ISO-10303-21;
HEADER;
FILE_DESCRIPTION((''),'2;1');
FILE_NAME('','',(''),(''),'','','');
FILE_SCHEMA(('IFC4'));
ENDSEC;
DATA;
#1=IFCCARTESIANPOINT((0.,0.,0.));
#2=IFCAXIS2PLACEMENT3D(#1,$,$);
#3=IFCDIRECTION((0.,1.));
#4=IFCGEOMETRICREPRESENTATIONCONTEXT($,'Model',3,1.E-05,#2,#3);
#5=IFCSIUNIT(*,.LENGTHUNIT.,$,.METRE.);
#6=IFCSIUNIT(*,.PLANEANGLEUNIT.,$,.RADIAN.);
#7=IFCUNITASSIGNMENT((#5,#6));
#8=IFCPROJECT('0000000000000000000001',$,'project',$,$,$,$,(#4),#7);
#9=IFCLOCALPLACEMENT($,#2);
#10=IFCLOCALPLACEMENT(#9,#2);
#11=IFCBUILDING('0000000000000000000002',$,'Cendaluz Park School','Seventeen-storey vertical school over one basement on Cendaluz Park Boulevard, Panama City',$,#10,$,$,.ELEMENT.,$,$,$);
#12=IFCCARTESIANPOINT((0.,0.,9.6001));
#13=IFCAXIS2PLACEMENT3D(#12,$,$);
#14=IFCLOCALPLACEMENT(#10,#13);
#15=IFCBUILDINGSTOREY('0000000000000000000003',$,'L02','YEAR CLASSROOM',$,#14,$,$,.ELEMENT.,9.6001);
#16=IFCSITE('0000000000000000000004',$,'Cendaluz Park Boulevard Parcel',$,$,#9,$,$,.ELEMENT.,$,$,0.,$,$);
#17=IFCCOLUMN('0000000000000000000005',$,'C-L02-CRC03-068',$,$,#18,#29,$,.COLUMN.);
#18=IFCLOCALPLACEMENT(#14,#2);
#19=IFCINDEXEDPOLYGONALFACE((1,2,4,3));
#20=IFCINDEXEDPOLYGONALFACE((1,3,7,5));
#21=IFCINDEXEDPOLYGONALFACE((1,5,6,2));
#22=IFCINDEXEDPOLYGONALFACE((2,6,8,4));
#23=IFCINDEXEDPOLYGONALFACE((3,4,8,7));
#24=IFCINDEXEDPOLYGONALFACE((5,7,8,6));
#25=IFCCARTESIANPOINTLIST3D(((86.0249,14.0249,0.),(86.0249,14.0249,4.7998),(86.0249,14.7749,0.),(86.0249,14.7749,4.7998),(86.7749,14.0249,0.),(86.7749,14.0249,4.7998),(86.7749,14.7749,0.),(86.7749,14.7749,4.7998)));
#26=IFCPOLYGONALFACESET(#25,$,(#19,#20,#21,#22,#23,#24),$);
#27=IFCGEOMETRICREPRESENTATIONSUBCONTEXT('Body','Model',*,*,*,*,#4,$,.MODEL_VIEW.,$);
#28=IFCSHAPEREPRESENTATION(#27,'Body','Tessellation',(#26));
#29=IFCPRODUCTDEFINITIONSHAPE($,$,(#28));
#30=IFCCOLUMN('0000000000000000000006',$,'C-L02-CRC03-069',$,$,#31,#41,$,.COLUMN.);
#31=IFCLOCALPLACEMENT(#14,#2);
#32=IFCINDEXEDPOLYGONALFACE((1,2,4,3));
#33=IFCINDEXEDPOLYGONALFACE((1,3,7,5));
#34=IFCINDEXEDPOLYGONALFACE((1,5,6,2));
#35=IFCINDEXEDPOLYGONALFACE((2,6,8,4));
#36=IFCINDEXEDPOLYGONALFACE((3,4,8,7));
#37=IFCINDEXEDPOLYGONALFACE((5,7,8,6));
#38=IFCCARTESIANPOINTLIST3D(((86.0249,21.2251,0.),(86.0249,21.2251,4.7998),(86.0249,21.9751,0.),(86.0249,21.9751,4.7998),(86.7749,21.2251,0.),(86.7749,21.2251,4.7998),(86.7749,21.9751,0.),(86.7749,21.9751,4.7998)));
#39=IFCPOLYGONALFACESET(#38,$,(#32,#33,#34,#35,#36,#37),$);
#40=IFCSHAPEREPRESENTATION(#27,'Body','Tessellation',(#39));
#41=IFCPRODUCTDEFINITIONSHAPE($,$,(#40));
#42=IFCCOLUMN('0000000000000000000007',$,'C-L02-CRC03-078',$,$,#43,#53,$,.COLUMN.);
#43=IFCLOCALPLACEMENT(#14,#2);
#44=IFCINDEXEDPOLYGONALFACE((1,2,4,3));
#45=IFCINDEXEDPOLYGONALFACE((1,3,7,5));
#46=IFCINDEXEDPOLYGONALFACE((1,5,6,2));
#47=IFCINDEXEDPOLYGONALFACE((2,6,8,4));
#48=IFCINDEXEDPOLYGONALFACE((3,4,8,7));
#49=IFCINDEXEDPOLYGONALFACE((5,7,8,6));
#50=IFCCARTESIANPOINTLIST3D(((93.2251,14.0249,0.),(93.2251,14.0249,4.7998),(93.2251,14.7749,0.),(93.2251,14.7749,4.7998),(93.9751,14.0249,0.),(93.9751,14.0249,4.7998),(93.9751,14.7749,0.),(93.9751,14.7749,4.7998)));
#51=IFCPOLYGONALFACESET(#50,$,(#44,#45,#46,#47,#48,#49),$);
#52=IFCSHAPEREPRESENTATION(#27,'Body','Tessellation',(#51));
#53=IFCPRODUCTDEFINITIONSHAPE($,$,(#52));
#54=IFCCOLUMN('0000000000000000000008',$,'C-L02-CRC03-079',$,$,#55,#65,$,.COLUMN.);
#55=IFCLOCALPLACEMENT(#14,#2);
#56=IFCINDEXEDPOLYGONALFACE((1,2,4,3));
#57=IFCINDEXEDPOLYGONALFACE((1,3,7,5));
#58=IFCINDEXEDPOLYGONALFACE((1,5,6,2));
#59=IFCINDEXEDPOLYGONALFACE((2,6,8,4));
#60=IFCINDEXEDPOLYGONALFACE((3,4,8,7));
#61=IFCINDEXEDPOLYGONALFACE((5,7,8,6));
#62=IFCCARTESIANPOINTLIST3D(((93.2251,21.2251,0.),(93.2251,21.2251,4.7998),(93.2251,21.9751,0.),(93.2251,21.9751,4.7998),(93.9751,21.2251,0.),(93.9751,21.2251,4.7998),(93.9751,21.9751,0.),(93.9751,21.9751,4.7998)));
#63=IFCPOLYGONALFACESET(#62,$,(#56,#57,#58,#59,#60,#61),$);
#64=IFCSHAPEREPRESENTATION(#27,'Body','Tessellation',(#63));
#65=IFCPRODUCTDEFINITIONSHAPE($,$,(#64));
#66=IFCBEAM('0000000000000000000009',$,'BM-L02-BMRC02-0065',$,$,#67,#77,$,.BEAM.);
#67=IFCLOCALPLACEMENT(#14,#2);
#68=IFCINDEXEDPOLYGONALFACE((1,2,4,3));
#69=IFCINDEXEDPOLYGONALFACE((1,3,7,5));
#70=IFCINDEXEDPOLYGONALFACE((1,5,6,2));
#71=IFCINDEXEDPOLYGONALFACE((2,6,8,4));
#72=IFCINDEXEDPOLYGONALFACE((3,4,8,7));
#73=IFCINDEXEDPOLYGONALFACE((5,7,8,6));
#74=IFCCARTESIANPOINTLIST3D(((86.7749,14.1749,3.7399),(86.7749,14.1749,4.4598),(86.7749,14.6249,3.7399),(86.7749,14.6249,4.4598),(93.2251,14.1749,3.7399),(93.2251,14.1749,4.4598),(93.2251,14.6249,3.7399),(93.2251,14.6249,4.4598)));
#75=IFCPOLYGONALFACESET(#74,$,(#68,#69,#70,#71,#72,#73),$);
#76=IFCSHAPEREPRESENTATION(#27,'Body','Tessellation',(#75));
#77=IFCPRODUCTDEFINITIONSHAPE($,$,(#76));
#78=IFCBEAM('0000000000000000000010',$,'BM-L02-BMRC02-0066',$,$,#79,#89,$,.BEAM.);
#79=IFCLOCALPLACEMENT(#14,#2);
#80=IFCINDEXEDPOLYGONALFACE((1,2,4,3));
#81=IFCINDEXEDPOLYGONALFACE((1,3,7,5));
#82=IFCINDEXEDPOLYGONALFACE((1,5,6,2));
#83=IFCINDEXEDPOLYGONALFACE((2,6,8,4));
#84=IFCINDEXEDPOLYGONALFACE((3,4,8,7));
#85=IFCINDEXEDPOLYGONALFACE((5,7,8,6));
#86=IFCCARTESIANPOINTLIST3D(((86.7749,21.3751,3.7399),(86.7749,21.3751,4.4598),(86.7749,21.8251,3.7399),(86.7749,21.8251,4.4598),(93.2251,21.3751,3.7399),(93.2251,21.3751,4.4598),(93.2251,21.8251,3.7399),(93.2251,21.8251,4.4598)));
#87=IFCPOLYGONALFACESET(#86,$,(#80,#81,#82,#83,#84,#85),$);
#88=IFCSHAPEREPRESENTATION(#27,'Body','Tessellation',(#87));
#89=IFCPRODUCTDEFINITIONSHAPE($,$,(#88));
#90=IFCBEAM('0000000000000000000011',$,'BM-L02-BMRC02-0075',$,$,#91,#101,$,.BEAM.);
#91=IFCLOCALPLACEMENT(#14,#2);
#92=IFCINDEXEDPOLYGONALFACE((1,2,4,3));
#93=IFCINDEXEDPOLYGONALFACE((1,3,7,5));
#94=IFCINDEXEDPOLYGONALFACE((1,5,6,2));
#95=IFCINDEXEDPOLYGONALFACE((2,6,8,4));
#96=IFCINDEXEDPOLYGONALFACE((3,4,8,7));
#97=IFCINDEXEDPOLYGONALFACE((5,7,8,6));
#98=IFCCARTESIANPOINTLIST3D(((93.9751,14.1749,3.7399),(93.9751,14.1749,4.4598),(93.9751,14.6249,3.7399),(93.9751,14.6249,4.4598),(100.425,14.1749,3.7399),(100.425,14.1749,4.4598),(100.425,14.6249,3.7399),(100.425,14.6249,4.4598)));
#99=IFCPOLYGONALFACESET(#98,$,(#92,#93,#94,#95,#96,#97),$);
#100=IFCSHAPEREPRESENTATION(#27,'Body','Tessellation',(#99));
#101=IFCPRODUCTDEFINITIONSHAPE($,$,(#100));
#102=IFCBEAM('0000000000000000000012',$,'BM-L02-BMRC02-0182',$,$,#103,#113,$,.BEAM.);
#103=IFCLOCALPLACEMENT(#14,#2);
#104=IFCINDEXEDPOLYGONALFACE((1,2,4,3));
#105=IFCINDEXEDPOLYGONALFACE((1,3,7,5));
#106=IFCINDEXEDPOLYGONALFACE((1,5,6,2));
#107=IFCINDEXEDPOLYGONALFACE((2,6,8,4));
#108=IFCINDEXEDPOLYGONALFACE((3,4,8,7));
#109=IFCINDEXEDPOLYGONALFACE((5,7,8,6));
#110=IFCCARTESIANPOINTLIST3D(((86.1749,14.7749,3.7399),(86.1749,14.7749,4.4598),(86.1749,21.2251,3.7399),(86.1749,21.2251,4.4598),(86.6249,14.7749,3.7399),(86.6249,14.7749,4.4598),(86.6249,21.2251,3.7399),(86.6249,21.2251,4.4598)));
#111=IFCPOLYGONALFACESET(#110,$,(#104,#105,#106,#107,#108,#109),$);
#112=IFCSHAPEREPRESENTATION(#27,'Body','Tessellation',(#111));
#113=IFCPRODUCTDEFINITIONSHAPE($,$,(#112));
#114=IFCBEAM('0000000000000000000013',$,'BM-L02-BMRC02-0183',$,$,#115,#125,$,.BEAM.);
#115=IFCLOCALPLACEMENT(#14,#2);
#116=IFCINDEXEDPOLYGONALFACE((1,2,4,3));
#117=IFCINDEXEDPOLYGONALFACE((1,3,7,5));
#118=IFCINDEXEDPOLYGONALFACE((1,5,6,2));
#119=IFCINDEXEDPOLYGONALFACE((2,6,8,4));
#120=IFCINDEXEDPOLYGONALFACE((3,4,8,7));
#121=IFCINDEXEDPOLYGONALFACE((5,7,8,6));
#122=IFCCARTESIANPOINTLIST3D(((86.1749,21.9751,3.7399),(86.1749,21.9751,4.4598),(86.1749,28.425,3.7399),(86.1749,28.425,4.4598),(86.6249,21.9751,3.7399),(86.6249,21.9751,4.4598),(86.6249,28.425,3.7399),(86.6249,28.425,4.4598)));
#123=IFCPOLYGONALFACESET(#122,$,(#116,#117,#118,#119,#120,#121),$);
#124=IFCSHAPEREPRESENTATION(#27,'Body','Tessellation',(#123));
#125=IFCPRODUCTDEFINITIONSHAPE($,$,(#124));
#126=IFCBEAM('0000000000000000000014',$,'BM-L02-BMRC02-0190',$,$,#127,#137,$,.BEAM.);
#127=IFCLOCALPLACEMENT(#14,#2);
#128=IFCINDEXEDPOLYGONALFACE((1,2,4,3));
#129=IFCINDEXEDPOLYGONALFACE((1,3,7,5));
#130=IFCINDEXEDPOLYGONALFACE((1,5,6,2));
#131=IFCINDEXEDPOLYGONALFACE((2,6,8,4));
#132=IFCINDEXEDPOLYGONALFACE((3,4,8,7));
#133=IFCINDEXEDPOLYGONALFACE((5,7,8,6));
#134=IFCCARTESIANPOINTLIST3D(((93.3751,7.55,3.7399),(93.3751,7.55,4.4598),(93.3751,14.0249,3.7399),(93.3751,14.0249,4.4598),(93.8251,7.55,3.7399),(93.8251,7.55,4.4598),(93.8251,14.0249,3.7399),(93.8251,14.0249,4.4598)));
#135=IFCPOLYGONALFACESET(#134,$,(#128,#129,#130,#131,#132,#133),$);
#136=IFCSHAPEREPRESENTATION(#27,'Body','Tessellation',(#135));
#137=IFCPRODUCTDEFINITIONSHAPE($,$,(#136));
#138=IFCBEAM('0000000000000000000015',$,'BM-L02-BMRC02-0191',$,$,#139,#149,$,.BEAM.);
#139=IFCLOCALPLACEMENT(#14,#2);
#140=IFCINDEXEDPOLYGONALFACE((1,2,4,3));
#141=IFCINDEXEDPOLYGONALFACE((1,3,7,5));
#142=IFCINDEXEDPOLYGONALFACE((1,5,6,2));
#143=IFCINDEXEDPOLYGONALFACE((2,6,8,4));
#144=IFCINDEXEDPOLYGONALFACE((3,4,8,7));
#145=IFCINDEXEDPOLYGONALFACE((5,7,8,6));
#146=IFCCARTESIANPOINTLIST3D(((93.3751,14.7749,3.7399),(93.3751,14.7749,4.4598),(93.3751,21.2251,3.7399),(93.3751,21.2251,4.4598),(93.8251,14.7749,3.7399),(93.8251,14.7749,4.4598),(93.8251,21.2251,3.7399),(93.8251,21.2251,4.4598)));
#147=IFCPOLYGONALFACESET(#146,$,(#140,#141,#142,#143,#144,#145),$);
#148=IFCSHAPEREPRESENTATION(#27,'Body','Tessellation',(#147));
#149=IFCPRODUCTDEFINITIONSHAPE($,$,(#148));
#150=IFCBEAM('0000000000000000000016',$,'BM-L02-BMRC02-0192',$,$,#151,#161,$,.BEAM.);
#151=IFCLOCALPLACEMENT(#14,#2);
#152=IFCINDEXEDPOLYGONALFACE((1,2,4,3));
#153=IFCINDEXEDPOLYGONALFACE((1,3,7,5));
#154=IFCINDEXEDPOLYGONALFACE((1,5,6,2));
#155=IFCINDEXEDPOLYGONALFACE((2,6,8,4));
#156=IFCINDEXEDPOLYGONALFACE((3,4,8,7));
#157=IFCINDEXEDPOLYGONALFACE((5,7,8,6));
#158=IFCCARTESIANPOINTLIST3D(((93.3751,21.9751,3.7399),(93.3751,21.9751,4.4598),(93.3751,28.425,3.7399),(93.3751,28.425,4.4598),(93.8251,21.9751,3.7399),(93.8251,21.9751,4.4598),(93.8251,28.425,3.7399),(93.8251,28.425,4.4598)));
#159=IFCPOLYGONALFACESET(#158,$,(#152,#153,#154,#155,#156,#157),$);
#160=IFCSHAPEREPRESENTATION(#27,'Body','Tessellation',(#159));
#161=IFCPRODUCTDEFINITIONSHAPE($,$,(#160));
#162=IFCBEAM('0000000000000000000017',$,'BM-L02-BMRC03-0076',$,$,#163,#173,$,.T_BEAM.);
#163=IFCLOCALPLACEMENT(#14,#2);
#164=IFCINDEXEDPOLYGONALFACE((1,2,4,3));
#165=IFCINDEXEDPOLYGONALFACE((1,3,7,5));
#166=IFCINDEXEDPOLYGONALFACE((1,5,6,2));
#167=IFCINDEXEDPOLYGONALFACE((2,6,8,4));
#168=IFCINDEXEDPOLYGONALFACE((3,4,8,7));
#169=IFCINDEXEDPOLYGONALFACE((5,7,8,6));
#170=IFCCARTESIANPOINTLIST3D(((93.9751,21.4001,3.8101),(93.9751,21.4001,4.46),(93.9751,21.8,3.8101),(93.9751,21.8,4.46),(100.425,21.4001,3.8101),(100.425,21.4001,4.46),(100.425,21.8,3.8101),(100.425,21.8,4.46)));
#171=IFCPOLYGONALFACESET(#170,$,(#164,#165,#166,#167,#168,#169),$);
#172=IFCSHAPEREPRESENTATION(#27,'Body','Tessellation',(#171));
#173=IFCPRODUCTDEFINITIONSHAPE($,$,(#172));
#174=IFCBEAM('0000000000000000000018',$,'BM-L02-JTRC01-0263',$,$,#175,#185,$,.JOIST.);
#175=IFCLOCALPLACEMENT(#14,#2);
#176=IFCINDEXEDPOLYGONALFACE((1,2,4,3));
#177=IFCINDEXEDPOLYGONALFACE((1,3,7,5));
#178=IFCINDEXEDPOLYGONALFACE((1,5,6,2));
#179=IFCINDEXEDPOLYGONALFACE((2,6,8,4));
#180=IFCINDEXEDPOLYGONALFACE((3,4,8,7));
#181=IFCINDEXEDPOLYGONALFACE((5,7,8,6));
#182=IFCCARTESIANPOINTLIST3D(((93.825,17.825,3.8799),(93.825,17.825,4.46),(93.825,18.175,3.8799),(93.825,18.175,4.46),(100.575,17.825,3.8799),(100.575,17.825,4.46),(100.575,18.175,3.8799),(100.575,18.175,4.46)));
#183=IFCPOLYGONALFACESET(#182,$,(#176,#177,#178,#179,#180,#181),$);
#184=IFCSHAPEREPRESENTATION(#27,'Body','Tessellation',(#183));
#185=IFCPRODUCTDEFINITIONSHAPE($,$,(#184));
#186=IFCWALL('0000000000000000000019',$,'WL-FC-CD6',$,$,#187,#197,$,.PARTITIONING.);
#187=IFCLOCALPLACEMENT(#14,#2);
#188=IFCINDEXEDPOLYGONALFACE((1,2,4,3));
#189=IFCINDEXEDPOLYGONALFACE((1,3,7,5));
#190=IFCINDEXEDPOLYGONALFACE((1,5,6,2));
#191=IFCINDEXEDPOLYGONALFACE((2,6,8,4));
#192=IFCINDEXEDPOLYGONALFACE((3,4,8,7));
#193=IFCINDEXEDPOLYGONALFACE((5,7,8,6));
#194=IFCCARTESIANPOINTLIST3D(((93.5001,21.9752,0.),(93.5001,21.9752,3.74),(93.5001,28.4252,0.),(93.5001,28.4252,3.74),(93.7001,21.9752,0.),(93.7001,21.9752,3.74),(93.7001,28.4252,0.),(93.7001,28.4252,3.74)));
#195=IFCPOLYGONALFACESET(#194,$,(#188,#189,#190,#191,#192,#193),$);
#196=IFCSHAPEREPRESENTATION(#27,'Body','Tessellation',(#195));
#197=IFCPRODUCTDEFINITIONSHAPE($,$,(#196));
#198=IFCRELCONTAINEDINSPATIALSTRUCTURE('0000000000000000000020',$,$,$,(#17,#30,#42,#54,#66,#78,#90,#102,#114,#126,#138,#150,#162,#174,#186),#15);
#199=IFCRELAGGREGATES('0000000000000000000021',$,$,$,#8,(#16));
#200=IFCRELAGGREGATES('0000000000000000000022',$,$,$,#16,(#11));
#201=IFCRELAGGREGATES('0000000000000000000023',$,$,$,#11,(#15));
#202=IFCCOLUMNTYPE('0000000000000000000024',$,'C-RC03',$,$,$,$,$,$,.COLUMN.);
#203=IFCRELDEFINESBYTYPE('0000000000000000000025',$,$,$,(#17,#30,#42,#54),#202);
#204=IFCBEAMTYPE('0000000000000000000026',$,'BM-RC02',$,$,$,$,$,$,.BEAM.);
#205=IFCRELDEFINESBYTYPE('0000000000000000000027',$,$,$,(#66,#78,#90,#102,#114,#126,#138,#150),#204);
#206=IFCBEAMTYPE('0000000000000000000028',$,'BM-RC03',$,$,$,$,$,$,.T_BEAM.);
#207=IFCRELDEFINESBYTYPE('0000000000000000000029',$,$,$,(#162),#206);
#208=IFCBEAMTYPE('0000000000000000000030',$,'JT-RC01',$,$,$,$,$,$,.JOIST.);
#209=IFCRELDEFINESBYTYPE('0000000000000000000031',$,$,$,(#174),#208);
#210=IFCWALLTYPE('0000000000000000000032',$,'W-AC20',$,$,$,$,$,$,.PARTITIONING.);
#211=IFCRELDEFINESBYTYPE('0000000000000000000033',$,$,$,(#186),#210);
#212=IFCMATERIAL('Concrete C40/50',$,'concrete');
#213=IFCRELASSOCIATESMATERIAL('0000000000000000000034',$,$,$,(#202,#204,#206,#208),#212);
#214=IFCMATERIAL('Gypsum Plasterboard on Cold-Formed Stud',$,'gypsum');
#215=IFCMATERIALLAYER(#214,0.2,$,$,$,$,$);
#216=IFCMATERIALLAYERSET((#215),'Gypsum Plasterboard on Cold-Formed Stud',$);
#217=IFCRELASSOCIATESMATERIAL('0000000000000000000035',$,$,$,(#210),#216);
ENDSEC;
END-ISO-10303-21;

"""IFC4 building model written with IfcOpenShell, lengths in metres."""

from ifc_helpers import new_model, si_unit, direction, frame, frame_2d, origin, origin_2d, place, context, subcontext, project, spatial, rectangle, extrude, material, layer, layer_set, material_profile, profile_set, type_object, element, save


model = new_model("IFC4")

# Units and contexts
model_context = context("Model", 3, precision=1e-05, world=origin(), true_north=direction((0.0, 1.0)))
body_context = subcontext(model_context, "Body", "Model", "MODEL_VIEW")
ifc_project = project(units=[si_unit("LENGTHUNIT", "METRE"), si_unit("PLANEANGLEUNIT", "RADIAN")], contexts=[model_context])

# Site, building, storey
site_placement = place(None, origin())
site = spatial("IfcSite", under=ifc_project, at=site_placement, Name="Cendaluz Park Boulevard Parcel", CompositionType="ELEMENT", RefElevation=0.0)
building_placement = place(site_placement, origin())
building = spatial("IfcBuilding", under=site, at=building_placement, Name="Cendaluz Park School", Description="Seventeen-storey vertical school over one basement on Cendaluz Park Boulevard, Panama City", CompositionType="ELEMENT")
storey_placement = place(building_placement, frame((0.0, 0.0, 9.6001)))
storey = spatial("IfcBuildingStorey", under=building, at=storey_placement, Name="L02", Description="YEAR CLASSROOM", CompositionType="ELEMENT", Elevation=9.6001)

# Columns
ifc_material_1 = material(Name="Concrete C40/50", Category="concrete")
ifc_material_profile_1 = material_profile(ifc_material_1, rectangle(XDim=0.75, YDim=0.75, at=origin_2d()), Name="RC 750x750", Category="concrete")
ifc_profile_set_1 = profile_set([ifc_material_profile_1], Name="Concrete C40/50")
column_type = type_object("IfcColumnType", Name="C-RC03", PredefinedType="COLUMN", material=ifc_profile_set_1)
for number, where, z_axis, x_axis, name in (
    (1, (86.3999, 14.3999, 0.0), (0.0, 0.0, 1.0), (1.0, 0.0, 0.0), "C-L02-CRC03-068"),
    (2, (86.3999, 21.6001, 0.0), (0.0, 0.0, 1.0), (1.0, 0.0, 0.0), "C-L02-CRC03-069"),
    (3, (93.6001, 14.3999, 0.0), (0.0, 0.0, 1.0), (1.0, 0.0, 0.0), "C-L02-CRC03-078"),
    (4, (93.6001, 21.6001, 0.0), (0.0, 0.0, 1.0), (1.0, 0.0, 0.0), "C-L02-CRC03-079"),
):
    element("IfcColumn", number, at=place(storey_placement, frame(where, z_axis=z_axis, x_axis=x_axis)), inside=storey, type_object=column_type, Name=name, PredefinedType="COLUMN", context=body_context, shape_type="SweptSolid", body=[
        extrude(rectangle(XDim=0.75, YDim=0.75, at=origin_2d()), origin(), (0.0, 0.0, 1.0), 4.7998),
    ])

# Beams
ifc_material_profile_2 = material_profile(ifc_material_1, rectangle(XDim=0.45, YDim=0.72, at=origin_2d()), Name="RC 450x720", Category="concrete")
ifc_profile_set_2 = profile_set([ifc_material_profile_2], Name="Concrete C40/50")
beam_type_1 = type_object("IfcBeamType", Name="BM-RC02", PredefinedType="BEAM", material=ifc_profile_set_2)
for number, where, z_axis, x_axis, name in (
    (5, (86.7749, 14.3999, 4.0999), (1.0, 0.0, 0.0), (0.0, 1.0, 0.0), "BM-L02-BMRC02-0065"),
    (6, (86.7749, 21.6001, 4.0999), (1.0, 0.0, 0.0), (0.0, 1.0, 0.0), "BM-L02-BMRC02-0066"),
):
    element("IfcBeam", number, at=place(storey_placement, frame(where, z_axis=z_axis, x_axis=x_axis)), inside=storey, type_object=beam_type_1, Name=name, PredefinedType="BEAM", context=body_context, shape_type="SweptSolid", body=[
        extrude(rectangle(XDim=0.45, YDim=0.72, at=origin_2d()), origin(), (0.0, 0.0, 1.0), 6.4502),
    ])
beam_1_placement = place(storey_placement, frame((93.9751, 14.3999, 4.0999), z_axis=(1.0, 0.0, 0.0), x_axis=(0.0, 1.0, 0.0)))
element("IfcBeam", 7, at=beam_1_placement, inside=storey, type_object=beam_type_1, Name="BM-L02-BMRC02-0075", PredefinedType="BEAM", context=body_context, shape_type="SweptSolid", body=[
    extrude(rectangle(XDim=0.45, YDim=0.72, at=origin_2d()), origin(), (0.0, 0.0, 1.0), 6.45),
])
beam_2_placement = place(storey_placement, frame((86.3999, 14.7749, 4.0999), z_axis=(0.0, 1.0, 0.0), x_axis=(-1.0, 0.0, 0.0)))
element("IfcBeam", 8, at=beam_2_placement, inside=storey, type_object=beam_type_1, Name="BM-L02-BMRC02-0182", PredefinedType="BEAM", context=body_context, shape_type="SweptSolid", body=[
    extrude(rectangle(XDim=0.45, YDim=0.72, at=origin_2d()), origin(), (0.0, 0.0, 1.0), 6.4502),
])
beam_3_placement = place(storey_placement, frame((86.3999, 21.9751, 4.0999), z_axis=(0.0, 1.0, 0.0), x_axis=(-1.0, 0.0, 0.0)))
element("IfcBeam", 9, at=beam_3_placement, inside=storey, type_object=beam_type_1, Name="BM-L02-BMRC02-0183", PredefinedType="BEAM", context=body_context, shape_type="SweptSolid", body=[
    extrude(rectangle(XDim=0.45, YDim=0.72, at=origin_2d()), origin(), (0.0, 0.0, 1.0), 6.45),
])
beam_4_placement = place(storey_placement, frame((93.6001, 7.55, 4.0999), z_axis=(0.0, 1.0, 0.0), x_axis=(-1.0, 0.0, 0.0)))
element("IfcBeam", 10, at=beam_4_placement, inside=storey, type_object=beam_type_1, Name="BM-L02-BMRC02-0190", PredefinedType="BEAM", context=body_context, shape_type="SweptSolid", body=[
    extrude(rectangle(XDim=0.45, YDim=0.72, at=origin_2d()), origin(), (0.0, 0.0, 1.0), 6.4749),
])
beam_5_placement = place(storey_placement, frame((93.6001, 14.7749, 4.0999), z_axis=(0.0, 1.0, 0.0), x_axis=(-1.0, 0.0, 0.0)))
element("IfcBeam", 11, at=beam_5_placement, inside=storey, type_object=beam_type_1, Name="BM-L02-BMRC02-0191", PredefinedType="BEAM", context=body_context, shape_type="SweptSolid", body=[
    extrude(rectangle(XDim=0.45, YDim=0.72, at=origin_2d()), origin(), (0.0, 0.0, 1.0), 6.4502),
])
beam_6_placement = place(storey_placement, frame((93.6001, 21.9751, 4.0999), z_axis=(0.0, 1.0, 0.0), x_axis=(-1.0, 0.0, 0.0)))
element("IfcBeam", 12, at=beam_6_placement, inside=storey, type_object=beam_type_1, Name="BM-L02-BMRC02-0192", PredefinedType="BEAM", context=body_context, shape_type="SweptSolid", body=[
    extrude(rectangle(XDim=0.45, YDim=0.72, at=origin_2d()), origin(), (0.0, 0.0, 1.0), 6.45),
])
ifc_material_profile_3 = material_profile(ifc_material_1, rectangle(XDim=0.3999, YDim=0.6499, at=origin_2d()), Name="RC 400x650", Category="concrete")
ifc_profile_set_3 = profile_set([ifc_material_profile_3], Name="Concrete C40/50")
beam_type_2 = type_object("IfcBeamType", Name="BM-RC03", PredefinedType="T_BEAM", material=ifc_profile_set_3)
beam_7_placement = place(storey_placement, frame((93.9751, 21.6001, 4.135), z_axis=(1.0, 0.0, 0.0), x_axis=(0.0, 1.0, 0.0)))
element("IfcBeam", 13, at=beam_7_placement, inside=storey, type_object=beam_type_2, Name="BM-L02-BMRC03-0076", PredefinedType="T_BEAM", context=body_context, shape_type="SweptSolid", body=[
    extrude(rectangle(XDim=0.3999, YDim=0.6499, at=origin_2d()), origin(), (0.0, 0.0, 1.0), 6.45),
])
ifc_material_profile_4 = material_profile(ifc_material_1, rectangle(XDim=0.3501, YDim=0.5801, at=origin_2d()), Name="RC 350x580", Category="concrete")
ifc_profile_set_4 = profile_set([ifc_material_profile_4], Name="Concrete C40/50")
beam_type_3 = type_object("IfcBeamType", Name="JT-RC01", PredefinedType="JOIST", material=ifc_profile_set_4)
beam_8_placement = place(storey_placement, frame((93.825, 18.0, 4.1699), z_axis=(1.0, 0.0, 0.0), x_axis=(0.0, 1.0, 0.0)))
element("IfcBeam", 14, at=beam_8_placement, inside=storey, type_object=beam_type_3, Name="BM-L02-JTRC01-0263", PredefinedType="JOIST", context=body_context, shape_type="SweptSolid", body=[
    extrude(rectangle(XDim=0.3501, YDim=0.5801, at=origin_2d()), origin(), (0.0, 0.0, 1.0), 6.75),
])

# Wall
ifc_material_2 = material(Name="Gypsum Plasterboard on Cold-Formed Stud", Category="gypsum")
ifc_layer_1 = layer(ifc_material_2, 0.2)
ifc_layer_set_1 = layer_set([ifc_layer_1], Name="Gypsum Plasterboard on Cold-Formed Stud")
wall_type_1 = type_object("IfcWallType", Name="W-AC20", PredefinedType="PARTITIONING", material=ifc_layer_set_1)
wall_1_placement = place(storey_placement, frame((93.6001, 21.9751, 0.0), z_axis=(0.0, 0.0, 1.0), x_axis=(0.0, 1.0, 0.0)))
element("IfcWall", 15, at=wall_1_placement, inside=storey, type_object=wall_type_1, Name="WL-FC-CD6", PredefinedType="PARTITIONING", context=body_context, shape_type="SweptSolid", body=[
    extrude(rectangle(XDim=6.45, YDim=0.2, at=frame_2d((3.2251, 0.0))), origin(), (0.0, 0.0, 1.0), 3.74),
])

save(model, "model.ifc")
